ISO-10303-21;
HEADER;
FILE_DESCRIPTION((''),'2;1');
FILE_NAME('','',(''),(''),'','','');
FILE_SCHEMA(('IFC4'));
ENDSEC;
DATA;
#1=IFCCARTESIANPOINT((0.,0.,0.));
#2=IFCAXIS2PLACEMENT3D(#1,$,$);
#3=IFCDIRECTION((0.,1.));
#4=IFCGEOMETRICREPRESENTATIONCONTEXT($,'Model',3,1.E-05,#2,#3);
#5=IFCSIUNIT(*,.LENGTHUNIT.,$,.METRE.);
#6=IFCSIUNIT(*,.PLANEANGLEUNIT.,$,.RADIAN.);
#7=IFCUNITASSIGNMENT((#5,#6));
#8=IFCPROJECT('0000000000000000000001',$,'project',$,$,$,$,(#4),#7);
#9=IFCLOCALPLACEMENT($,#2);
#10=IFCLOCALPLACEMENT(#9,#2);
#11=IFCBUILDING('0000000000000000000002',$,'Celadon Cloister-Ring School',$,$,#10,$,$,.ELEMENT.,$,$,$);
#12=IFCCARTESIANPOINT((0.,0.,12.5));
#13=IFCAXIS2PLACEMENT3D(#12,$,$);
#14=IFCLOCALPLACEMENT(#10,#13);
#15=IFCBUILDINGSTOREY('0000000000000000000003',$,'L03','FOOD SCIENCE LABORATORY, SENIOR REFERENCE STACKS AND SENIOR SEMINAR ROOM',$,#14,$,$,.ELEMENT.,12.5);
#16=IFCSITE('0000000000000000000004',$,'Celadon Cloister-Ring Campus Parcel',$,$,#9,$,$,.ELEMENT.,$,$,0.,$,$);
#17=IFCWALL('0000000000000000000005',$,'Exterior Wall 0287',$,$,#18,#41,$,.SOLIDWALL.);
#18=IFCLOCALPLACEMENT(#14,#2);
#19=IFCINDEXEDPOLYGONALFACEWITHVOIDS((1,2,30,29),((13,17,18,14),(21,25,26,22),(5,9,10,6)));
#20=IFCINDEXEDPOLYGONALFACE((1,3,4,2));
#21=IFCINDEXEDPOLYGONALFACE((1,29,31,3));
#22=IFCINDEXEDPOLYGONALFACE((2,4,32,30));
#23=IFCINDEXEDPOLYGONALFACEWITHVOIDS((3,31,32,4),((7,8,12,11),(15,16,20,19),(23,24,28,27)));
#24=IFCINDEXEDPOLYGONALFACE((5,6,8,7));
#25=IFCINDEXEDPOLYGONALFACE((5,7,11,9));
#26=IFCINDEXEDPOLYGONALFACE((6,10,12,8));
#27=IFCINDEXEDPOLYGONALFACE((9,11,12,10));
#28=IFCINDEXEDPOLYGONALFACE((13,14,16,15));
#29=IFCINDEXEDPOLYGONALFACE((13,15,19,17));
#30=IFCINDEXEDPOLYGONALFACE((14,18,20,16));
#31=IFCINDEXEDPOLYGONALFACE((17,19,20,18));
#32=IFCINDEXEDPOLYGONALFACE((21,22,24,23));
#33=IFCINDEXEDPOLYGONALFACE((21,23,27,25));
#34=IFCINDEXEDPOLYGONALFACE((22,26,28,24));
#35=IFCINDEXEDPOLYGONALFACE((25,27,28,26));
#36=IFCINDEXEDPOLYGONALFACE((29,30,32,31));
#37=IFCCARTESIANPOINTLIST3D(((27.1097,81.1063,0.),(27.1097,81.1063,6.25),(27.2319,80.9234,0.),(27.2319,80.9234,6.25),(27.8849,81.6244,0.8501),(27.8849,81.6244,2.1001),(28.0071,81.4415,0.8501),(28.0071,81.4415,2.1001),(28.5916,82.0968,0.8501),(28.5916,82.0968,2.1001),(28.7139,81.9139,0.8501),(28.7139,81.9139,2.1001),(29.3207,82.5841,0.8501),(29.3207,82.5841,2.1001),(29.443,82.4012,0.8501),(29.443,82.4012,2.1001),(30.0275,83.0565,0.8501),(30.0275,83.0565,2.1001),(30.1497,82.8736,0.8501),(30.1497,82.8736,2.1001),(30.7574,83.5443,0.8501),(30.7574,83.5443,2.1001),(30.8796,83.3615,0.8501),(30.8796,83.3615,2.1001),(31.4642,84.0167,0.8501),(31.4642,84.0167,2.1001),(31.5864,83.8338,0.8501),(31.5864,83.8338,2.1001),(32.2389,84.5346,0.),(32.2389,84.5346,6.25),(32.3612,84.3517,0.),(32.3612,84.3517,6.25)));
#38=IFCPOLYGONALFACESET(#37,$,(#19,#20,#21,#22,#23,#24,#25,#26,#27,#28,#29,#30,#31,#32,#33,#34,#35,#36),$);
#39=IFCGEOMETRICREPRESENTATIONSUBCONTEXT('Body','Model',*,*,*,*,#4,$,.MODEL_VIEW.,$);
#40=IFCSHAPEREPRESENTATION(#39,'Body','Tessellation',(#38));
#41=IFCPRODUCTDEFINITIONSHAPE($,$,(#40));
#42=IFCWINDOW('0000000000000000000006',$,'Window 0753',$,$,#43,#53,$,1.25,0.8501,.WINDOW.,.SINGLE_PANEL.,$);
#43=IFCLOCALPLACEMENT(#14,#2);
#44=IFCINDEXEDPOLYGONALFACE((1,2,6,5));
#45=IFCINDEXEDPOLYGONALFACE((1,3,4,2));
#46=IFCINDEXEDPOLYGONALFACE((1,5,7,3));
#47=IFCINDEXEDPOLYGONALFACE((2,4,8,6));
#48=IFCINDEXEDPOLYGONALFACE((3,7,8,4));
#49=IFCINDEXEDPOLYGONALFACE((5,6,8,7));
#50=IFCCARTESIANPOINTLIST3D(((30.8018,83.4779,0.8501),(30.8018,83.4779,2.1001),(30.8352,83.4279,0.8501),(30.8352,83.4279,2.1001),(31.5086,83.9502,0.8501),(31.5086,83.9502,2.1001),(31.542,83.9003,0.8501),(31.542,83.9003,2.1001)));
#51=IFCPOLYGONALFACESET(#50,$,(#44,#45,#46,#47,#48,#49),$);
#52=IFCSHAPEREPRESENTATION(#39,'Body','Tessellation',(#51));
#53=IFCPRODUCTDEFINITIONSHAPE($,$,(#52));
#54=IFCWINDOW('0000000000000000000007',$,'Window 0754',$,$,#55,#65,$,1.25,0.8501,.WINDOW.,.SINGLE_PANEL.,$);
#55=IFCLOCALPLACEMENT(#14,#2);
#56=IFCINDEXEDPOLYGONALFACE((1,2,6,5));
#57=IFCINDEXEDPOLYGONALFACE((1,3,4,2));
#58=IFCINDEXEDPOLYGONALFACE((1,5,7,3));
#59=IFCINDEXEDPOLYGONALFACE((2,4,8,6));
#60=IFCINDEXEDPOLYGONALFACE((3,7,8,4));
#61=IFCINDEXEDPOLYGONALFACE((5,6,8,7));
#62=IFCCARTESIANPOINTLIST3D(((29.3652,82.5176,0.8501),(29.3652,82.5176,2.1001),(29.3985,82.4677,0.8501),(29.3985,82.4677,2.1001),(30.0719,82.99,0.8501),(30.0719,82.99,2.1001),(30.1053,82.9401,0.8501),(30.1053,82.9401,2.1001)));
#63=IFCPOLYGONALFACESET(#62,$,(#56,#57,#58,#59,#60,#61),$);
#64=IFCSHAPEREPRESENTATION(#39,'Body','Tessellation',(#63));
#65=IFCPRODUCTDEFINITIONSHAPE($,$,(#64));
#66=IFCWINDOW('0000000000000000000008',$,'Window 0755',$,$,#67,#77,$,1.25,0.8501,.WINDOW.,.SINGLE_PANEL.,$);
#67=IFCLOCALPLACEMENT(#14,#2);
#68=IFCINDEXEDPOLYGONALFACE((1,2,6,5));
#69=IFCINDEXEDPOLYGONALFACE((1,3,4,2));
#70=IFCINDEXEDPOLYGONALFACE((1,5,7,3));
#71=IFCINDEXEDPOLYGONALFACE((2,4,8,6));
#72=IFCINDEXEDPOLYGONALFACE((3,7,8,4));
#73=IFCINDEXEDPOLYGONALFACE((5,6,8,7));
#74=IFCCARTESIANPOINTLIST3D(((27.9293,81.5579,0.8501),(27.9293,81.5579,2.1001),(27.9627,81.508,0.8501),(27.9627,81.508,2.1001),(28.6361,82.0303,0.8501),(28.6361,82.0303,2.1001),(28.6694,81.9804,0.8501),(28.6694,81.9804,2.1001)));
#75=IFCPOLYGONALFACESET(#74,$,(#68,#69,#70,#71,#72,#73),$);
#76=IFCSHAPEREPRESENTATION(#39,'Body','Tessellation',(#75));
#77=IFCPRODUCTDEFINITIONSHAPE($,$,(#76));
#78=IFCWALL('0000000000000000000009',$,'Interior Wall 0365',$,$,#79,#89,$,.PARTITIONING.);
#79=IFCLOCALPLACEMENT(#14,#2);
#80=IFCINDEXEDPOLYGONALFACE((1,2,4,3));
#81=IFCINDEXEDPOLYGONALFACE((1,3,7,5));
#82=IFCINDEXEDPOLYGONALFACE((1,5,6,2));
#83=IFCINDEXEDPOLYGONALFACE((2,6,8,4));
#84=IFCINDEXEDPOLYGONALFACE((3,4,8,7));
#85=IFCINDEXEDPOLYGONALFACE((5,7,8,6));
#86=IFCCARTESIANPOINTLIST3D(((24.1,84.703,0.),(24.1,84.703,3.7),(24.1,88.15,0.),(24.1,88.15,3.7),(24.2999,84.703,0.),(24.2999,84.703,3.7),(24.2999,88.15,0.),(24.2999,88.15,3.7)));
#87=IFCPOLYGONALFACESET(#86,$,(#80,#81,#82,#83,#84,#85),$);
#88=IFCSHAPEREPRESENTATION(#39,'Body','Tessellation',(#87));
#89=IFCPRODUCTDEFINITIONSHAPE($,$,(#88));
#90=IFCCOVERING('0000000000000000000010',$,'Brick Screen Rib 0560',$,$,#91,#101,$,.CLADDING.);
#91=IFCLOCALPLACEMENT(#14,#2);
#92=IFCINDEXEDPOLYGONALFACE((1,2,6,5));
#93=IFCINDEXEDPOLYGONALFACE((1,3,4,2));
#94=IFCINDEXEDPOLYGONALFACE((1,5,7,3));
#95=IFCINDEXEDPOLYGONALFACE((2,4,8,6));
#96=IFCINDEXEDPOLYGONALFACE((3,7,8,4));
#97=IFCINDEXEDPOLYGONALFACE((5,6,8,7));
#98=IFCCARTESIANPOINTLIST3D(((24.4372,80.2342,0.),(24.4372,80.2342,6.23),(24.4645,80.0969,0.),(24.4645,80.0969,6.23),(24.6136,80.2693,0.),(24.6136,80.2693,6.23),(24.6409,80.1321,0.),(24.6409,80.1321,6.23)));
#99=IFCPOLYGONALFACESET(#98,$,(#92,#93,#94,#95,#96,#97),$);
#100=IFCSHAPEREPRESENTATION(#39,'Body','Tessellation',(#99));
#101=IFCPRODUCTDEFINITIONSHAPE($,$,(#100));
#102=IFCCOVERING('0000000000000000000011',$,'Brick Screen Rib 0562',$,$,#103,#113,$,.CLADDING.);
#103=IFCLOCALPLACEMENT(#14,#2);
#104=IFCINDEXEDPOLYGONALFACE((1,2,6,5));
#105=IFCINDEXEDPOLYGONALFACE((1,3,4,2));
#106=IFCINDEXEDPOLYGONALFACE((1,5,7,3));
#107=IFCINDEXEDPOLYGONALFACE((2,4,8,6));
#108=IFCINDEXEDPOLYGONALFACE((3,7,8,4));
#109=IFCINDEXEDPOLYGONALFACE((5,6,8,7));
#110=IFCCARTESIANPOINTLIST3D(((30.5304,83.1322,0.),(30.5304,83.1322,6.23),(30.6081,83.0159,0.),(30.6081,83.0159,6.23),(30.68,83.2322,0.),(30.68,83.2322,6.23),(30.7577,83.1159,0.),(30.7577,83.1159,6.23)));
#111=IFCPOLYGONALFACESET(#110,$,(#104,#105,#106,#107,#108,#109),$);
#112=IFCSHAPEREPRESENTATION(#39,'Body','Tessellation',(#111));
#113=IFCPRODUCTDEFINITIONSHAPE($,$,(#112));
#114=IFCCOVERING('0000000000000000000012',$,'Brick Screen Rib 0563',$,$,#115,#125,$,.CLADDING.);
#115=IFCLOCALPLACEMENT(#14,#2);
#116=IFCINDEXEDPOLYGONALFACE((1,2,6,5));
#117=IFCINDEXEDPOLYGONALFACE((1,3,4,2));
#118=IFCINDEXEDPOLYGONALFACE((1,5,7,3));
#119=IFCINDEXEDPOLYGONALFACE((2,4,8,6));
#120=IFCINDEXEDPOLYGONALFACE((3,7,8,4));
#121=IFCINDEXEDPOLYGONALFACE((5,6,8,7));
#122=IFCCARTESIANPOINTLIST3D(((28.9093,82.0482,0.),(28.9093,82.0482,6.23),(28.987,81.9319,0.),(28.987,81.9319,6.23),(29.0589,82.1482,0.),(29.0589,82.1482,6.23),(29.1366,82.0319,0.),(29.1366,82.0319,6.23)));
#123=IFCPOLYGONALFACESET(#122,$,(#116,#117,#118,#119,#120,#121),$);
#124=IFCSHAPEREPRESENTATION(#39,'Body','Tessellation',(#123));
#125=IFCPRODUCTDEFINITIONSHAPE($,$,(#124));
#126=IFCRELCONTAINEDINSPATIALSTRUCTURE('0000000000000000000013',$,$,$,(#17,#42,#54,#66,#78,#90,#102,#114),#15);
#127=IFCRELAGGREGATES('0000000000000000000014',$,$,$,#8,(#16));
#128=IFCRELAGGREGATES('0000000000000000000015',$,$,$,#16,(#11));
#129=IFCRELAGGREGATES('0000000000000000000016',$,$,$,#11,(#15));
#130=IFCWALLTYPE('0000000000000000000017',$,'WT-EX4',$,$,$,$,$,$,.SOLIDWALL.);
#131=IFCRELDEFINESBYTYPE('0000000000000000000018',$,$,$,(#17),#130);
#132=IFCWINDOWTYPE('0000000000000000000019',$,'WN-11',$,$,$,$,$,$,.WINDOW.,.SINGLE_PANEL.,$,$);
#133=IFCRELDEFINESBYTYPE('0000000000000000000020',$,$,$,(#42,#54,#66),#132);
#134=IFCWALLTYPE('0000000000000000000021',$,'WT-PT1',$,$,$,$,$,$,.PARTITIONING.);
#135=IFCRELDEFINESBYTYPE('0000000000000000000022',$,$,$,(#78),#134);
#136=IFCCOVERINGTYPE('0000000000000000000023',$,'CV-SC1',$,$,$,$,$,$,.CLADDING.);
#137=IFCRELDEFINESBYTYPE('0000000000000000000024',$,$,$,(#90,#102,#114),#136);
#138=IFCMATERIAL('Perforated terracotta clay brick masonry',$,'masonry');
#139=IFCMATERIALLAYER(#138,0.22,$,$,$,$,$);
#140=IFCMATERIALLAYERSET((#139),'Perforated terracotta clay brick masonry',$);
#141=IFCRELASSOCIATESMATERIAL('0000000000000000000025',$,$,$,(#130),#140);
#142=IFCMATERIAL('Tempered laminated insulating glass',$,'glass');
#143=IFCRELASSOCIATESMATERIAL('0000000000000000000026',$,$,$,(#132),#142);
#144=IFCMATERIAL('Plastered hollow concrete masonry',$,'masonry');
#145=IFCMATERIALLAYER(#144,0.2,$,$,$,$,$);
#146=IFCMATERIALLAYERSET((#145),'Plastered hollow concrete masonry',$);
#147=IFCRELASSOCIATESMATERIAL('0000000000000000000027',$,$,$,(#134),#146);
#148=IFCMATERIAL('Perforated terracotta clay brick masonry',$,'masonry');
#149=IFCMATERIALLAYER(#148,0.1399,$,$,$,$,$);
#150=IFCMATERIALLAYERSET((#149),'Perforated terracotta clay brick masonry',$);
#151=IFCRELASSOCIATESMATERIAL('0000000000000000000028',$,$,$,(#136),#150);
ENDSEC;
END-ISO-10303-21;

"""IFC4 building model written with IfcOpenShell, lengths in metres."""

from ifc_helpers import new_model, si_unit, direction, frame, frame_2d, origin, origin_2d, place, context, subcontext, project, spatial, rectangle, extrude, material, layer, layer_set, type_object, element, fill, save


model = new_model("IFC4")

# Units and contexts
model_context = context("Model", 3, precision=1e-05, world=origin(), true_north=direction((0.0, 1.0)))
body_context = subcontext(model_context, "Body", "Model", "MODEL_VIEW")
ifc_project = project(units=[si_unit("LENGTHUNIT", "METRE"), si_unit("PLANEANGLEUNIT", "RADIAN")], contexts=[model_context])

# Site, building, storey
site_placement = place(None, origin())
site = spatial("IfcSite", under=ifc_project, at=site_placement, Name="Celadon Cloister-Ring Campus Parcel", CompositionType="ELEMENT", RefElevation=0.0)
building_placement = place(site_placement, origin())
building = spatial("IfcBuilding", under=site, at=building_placement, Name="Celadon Cloister-Ring School", CompositionType="ELEMENT")
storey_placement = place(building_placement, frame((0.0, 0.0, 12.5)))
storey = spatial("IfcBuildingStorey", under=building, at=storey_placement, Name="L03", Description="FOOD SCIENCE LABORATORY, SENIOR REFERENCE STACKS AND SENIOR SEMINAR ROOM", CompositionType="ELEMENT", Elevation=12.5)

# Wall, openings, windows
ifc_material_1 = material(Name="Perforated terracotta clay brick masonry", Category="masonry")
ifc_layer_1 = layer(ifc_material_1, 0.22)
ifc_layer_set_1 = layer_set([ifc_layer_1], Name="Perforated terracotta clay brick masonry")
wall_type_1 = type_object("IfcWallType", Name="WT-EX4", PredefinedType="SOLIDWALL", material=ifc_layer_set_1)
ifc_material_2 = material(Name="Tempered laminated insulating glass", Category="glass")
window_type = type_object("IfcWindowType", Name="WN-11", PartitioningType="SINGLE_PANEL", PredefinedType="WINDOW", material=ifc_material_2)
wall_1_placement = place(storey_placement, frame((32.3, 84.4431, 0.0), z_axis=(0.0, 0.0, 1.0), x_axis=(-0.831392, -0.555686, 0.0)))
wall_1 = element("IfcWall", 1, at=wall_1_placement, inside=storey, type_object=wall_type_1, Name="Exterior Wall 0287", PredefinedType="SOLIDWALL", context=body_context, shape_type="SweptSolid", body=[
    extrude(rectangle(XDim=6.1694, YDim=0.22, at=frame_2d((3.0847, 0.0))), origin(), (0.0, 0.0, 1.0), 6.25),
])
opening_1_placement = place(wall_1_placement, frame((0.9319, 0.0, 0.8501)))
opening_1 = element("IfcOpeningElement", 2, at=opening_1_placement, cuts=wall_1, PredefinedType="OPENING", context=body_context, shape_type="SweptSolid", body=[
    extrude(rectangle(XDim=0.8501, YDim=1.25, at=frame_2d((0.425, 0.625))), frame((0.0, 0.1201, 0.0), z_axis=(0.0, -1.0, 0.0), x_axis=(1.0, 0.0, 0.0)), (0.0, 0.0, 1.0), 0.24),
])
opening_2_placement = place(wall_1_placement, frame((2.6599, 0.0, 0.8501)))
opening_2 = element("IfcOpeningElement", 3, at=opening_2_placement, cuts=wall_1, PredefinedType="OPENING", context=body_context, shape_type="SweptSolid", body=[
    extrude(rectangle(XDim=0.8501, YDim=1.25, at=frame_2d((0.425, 0.625))), frame((0.0, 0.1201, 0.0), z_axis=(0.0, -1.0, 0.0), x_axis=(1.0, 0.0, 0.0)), (0.0, 0.0, 1.0), 0.24),
])
opening_3_placement = place(wall_1_placement, frame((4.387, 0.0, 0.8501)))
opening_3 = element("IfcOpeningElement", 4, at=opening_3_placement, cuts=wall_1, PredefinedType="OPENING", context=body_context, shape_type="SweptSolid", body=[
    extrude(rectangle(XDim=0.8501, YDim=1.25, at=frame_2d((0.425, 0.625))), frame((0.0, 0.1201, 0.0), z_axis=(0.0, -1.0, 0.0), x_axis=(1.0, 0.0, 0.0)), (0.0, 0.0, 1.0), 0.24),
])
window_1_placement = place(opening_1_placement, origin())
window_1 = element("IfcWindow", 5, at=window_1_placement, inside=storey, type_object=window_type, Name="Window 0753", OverallHeight=1.25, OverallWidth=0.8501, PartitioningType="SINGLE_PANEL", PredefinedType="WINDOW", context=body_context, shape_type="SweptSolid", body=[
    extrude(rectangle(XDim=0.8501, YDim=1.25, at=frame_2d((0.425, 0.625))), frame((0.0, 0.03, 0.0), z_axis=(0.0, -1.0, 0.0), x_axis=(1.0, 0.0, 0.0)), (0.0, 0.0, 1.0), 0.0601),
])
fill(opening_1, window_1)
window_2_placement = place(opening_2_placement, origin())
window_2 = element("IfcWindow", 6, at=window_2_placement, inside=storey, type_object=window_type, Name="Window 0754", OverallHeight=1.25, OverallWidth=0.8501, PartitioningType="SINGLE_PANEL", PredefinedType="WINDOW", context=body_context, shape_type="SweptSolid", body=[
    extrude(rectangle(XDim=0.8501, YDim=1.25, at=frame_2d((0.425, 0.625))), frame((0.0, 0.03, 0.0), z_axis=(0.0, -1.0, 0.0), x_axis=(1.0, 0.0, 0.0)), (0.0, 0.0, 1.0), 0.0601),
])
fill(opening_2, window_2)
window_3_placement = place(opening_3_placement, origin())
window_3 = element("IfcWindow", 7, at=window_3_placement, inside=storey, type_object=window_type, Name="Window 0755", OverallHeight=1.25, OverallWidth=0.8501, PartitioningType="SINGLE_PANEL", PredefinedType="WINDOW", context=body_context, shape_type="SweptSolid", body=[
    extrude(rectangle(XDim=0.8501, YDim=1.25, at=frame_2d((0.425, 0.625))), frame((0.0, 0.03, 0.0), z_axis=(0.0, -1.0, 0.0), x_axis=(1.0, 0.0, 0.0)), (0.0, 0.0, 1.0), 0.0601),
])
fill(opening_3, window_3)

# Wall
ifc_material_3 = material(Name="Plastered hollow concrete masonry", Category="masonry")
ifc_layer_2 = layer(ifc_material_3, 0.2)
ifc_layer_set_2 = layer_set([ifc_layer_2], Name="Plastered hollow concrete masonry")
wall_type_2 = type_object("IfcWallType", Name="WT-PT1", PredefinedType="PARTITIONING", material=ifc_layer_set_2)
wall_2_placement = place(storey_placement, frame((24.2, 84.7029, 0.0), z_axis=(0.0, 0.0, 1.0), x_axis=(0.0, 1.0, 0.0)))
element("IfcWall", 8, at=wall_2_placement, inside=storey, type_object=wall_type_2, Name="Interior Wall 0365", PredefinedType="PARTITIONING", context=body_context, shape_type="SweptSolid", body=[
    extrude(rectangle(XDim=3.447, YDim=0.2, at=frame_2d((1.7236, 0.0))), origin(), (0.0, 0.0, 1.0), 3.7),
])

# Coverings
ifc_material_4 = material(Name="Perforated terracotta clay brick masonry", Category="masonry")
ifc_layer_3 = layer(ifc_material_4, 0.1399)
ifc_layer_set_3 = layer_set([ifc_layer_3], Name="Perforated terracotta clay brick masonry")
covering_type = type_object("IfcCoveringType", Name="CV-SC1", PredefinedType="CLADDING", material=ifc_layer_set_3)
for number, where, z_axis, x_axis, name in (
    (9, (24.5391, 80.1831, 0.0), (0.0, 0.0, 1.0), (-0.980775, -0.195142, 0.0), "Brick Screen Rib 0560"),
    (10, (30.644, 83.124, 0.0), (0.0, 0.0, 1.0), (-0.831402, -0.555672, 0.0), "Brick Screen Rib 0562"),
    (11, (29.0229, 82.04, 0.0), (0.0, 0.0, 1.0), (-0.831402, -0.555672, 0.0), "Brick Screen Rib 0563"),
):
    element("IfcCovering", number, at=place(storey_placement, frame(where, z_axis=z_axis, x_axis=x_axis)), inside=storey, type_object=covering_type, Name=name, PredefinedType="CLADDING", context=body_context, shape_type="SweptSolid", body=[
        extrude(rectangle(XDim=0.1799, YDim=0.1399, at=origin_2d()), origin(), (0.0, 0.0, 1.0), 6.23),
    ])

save(model, "model.ifc")
